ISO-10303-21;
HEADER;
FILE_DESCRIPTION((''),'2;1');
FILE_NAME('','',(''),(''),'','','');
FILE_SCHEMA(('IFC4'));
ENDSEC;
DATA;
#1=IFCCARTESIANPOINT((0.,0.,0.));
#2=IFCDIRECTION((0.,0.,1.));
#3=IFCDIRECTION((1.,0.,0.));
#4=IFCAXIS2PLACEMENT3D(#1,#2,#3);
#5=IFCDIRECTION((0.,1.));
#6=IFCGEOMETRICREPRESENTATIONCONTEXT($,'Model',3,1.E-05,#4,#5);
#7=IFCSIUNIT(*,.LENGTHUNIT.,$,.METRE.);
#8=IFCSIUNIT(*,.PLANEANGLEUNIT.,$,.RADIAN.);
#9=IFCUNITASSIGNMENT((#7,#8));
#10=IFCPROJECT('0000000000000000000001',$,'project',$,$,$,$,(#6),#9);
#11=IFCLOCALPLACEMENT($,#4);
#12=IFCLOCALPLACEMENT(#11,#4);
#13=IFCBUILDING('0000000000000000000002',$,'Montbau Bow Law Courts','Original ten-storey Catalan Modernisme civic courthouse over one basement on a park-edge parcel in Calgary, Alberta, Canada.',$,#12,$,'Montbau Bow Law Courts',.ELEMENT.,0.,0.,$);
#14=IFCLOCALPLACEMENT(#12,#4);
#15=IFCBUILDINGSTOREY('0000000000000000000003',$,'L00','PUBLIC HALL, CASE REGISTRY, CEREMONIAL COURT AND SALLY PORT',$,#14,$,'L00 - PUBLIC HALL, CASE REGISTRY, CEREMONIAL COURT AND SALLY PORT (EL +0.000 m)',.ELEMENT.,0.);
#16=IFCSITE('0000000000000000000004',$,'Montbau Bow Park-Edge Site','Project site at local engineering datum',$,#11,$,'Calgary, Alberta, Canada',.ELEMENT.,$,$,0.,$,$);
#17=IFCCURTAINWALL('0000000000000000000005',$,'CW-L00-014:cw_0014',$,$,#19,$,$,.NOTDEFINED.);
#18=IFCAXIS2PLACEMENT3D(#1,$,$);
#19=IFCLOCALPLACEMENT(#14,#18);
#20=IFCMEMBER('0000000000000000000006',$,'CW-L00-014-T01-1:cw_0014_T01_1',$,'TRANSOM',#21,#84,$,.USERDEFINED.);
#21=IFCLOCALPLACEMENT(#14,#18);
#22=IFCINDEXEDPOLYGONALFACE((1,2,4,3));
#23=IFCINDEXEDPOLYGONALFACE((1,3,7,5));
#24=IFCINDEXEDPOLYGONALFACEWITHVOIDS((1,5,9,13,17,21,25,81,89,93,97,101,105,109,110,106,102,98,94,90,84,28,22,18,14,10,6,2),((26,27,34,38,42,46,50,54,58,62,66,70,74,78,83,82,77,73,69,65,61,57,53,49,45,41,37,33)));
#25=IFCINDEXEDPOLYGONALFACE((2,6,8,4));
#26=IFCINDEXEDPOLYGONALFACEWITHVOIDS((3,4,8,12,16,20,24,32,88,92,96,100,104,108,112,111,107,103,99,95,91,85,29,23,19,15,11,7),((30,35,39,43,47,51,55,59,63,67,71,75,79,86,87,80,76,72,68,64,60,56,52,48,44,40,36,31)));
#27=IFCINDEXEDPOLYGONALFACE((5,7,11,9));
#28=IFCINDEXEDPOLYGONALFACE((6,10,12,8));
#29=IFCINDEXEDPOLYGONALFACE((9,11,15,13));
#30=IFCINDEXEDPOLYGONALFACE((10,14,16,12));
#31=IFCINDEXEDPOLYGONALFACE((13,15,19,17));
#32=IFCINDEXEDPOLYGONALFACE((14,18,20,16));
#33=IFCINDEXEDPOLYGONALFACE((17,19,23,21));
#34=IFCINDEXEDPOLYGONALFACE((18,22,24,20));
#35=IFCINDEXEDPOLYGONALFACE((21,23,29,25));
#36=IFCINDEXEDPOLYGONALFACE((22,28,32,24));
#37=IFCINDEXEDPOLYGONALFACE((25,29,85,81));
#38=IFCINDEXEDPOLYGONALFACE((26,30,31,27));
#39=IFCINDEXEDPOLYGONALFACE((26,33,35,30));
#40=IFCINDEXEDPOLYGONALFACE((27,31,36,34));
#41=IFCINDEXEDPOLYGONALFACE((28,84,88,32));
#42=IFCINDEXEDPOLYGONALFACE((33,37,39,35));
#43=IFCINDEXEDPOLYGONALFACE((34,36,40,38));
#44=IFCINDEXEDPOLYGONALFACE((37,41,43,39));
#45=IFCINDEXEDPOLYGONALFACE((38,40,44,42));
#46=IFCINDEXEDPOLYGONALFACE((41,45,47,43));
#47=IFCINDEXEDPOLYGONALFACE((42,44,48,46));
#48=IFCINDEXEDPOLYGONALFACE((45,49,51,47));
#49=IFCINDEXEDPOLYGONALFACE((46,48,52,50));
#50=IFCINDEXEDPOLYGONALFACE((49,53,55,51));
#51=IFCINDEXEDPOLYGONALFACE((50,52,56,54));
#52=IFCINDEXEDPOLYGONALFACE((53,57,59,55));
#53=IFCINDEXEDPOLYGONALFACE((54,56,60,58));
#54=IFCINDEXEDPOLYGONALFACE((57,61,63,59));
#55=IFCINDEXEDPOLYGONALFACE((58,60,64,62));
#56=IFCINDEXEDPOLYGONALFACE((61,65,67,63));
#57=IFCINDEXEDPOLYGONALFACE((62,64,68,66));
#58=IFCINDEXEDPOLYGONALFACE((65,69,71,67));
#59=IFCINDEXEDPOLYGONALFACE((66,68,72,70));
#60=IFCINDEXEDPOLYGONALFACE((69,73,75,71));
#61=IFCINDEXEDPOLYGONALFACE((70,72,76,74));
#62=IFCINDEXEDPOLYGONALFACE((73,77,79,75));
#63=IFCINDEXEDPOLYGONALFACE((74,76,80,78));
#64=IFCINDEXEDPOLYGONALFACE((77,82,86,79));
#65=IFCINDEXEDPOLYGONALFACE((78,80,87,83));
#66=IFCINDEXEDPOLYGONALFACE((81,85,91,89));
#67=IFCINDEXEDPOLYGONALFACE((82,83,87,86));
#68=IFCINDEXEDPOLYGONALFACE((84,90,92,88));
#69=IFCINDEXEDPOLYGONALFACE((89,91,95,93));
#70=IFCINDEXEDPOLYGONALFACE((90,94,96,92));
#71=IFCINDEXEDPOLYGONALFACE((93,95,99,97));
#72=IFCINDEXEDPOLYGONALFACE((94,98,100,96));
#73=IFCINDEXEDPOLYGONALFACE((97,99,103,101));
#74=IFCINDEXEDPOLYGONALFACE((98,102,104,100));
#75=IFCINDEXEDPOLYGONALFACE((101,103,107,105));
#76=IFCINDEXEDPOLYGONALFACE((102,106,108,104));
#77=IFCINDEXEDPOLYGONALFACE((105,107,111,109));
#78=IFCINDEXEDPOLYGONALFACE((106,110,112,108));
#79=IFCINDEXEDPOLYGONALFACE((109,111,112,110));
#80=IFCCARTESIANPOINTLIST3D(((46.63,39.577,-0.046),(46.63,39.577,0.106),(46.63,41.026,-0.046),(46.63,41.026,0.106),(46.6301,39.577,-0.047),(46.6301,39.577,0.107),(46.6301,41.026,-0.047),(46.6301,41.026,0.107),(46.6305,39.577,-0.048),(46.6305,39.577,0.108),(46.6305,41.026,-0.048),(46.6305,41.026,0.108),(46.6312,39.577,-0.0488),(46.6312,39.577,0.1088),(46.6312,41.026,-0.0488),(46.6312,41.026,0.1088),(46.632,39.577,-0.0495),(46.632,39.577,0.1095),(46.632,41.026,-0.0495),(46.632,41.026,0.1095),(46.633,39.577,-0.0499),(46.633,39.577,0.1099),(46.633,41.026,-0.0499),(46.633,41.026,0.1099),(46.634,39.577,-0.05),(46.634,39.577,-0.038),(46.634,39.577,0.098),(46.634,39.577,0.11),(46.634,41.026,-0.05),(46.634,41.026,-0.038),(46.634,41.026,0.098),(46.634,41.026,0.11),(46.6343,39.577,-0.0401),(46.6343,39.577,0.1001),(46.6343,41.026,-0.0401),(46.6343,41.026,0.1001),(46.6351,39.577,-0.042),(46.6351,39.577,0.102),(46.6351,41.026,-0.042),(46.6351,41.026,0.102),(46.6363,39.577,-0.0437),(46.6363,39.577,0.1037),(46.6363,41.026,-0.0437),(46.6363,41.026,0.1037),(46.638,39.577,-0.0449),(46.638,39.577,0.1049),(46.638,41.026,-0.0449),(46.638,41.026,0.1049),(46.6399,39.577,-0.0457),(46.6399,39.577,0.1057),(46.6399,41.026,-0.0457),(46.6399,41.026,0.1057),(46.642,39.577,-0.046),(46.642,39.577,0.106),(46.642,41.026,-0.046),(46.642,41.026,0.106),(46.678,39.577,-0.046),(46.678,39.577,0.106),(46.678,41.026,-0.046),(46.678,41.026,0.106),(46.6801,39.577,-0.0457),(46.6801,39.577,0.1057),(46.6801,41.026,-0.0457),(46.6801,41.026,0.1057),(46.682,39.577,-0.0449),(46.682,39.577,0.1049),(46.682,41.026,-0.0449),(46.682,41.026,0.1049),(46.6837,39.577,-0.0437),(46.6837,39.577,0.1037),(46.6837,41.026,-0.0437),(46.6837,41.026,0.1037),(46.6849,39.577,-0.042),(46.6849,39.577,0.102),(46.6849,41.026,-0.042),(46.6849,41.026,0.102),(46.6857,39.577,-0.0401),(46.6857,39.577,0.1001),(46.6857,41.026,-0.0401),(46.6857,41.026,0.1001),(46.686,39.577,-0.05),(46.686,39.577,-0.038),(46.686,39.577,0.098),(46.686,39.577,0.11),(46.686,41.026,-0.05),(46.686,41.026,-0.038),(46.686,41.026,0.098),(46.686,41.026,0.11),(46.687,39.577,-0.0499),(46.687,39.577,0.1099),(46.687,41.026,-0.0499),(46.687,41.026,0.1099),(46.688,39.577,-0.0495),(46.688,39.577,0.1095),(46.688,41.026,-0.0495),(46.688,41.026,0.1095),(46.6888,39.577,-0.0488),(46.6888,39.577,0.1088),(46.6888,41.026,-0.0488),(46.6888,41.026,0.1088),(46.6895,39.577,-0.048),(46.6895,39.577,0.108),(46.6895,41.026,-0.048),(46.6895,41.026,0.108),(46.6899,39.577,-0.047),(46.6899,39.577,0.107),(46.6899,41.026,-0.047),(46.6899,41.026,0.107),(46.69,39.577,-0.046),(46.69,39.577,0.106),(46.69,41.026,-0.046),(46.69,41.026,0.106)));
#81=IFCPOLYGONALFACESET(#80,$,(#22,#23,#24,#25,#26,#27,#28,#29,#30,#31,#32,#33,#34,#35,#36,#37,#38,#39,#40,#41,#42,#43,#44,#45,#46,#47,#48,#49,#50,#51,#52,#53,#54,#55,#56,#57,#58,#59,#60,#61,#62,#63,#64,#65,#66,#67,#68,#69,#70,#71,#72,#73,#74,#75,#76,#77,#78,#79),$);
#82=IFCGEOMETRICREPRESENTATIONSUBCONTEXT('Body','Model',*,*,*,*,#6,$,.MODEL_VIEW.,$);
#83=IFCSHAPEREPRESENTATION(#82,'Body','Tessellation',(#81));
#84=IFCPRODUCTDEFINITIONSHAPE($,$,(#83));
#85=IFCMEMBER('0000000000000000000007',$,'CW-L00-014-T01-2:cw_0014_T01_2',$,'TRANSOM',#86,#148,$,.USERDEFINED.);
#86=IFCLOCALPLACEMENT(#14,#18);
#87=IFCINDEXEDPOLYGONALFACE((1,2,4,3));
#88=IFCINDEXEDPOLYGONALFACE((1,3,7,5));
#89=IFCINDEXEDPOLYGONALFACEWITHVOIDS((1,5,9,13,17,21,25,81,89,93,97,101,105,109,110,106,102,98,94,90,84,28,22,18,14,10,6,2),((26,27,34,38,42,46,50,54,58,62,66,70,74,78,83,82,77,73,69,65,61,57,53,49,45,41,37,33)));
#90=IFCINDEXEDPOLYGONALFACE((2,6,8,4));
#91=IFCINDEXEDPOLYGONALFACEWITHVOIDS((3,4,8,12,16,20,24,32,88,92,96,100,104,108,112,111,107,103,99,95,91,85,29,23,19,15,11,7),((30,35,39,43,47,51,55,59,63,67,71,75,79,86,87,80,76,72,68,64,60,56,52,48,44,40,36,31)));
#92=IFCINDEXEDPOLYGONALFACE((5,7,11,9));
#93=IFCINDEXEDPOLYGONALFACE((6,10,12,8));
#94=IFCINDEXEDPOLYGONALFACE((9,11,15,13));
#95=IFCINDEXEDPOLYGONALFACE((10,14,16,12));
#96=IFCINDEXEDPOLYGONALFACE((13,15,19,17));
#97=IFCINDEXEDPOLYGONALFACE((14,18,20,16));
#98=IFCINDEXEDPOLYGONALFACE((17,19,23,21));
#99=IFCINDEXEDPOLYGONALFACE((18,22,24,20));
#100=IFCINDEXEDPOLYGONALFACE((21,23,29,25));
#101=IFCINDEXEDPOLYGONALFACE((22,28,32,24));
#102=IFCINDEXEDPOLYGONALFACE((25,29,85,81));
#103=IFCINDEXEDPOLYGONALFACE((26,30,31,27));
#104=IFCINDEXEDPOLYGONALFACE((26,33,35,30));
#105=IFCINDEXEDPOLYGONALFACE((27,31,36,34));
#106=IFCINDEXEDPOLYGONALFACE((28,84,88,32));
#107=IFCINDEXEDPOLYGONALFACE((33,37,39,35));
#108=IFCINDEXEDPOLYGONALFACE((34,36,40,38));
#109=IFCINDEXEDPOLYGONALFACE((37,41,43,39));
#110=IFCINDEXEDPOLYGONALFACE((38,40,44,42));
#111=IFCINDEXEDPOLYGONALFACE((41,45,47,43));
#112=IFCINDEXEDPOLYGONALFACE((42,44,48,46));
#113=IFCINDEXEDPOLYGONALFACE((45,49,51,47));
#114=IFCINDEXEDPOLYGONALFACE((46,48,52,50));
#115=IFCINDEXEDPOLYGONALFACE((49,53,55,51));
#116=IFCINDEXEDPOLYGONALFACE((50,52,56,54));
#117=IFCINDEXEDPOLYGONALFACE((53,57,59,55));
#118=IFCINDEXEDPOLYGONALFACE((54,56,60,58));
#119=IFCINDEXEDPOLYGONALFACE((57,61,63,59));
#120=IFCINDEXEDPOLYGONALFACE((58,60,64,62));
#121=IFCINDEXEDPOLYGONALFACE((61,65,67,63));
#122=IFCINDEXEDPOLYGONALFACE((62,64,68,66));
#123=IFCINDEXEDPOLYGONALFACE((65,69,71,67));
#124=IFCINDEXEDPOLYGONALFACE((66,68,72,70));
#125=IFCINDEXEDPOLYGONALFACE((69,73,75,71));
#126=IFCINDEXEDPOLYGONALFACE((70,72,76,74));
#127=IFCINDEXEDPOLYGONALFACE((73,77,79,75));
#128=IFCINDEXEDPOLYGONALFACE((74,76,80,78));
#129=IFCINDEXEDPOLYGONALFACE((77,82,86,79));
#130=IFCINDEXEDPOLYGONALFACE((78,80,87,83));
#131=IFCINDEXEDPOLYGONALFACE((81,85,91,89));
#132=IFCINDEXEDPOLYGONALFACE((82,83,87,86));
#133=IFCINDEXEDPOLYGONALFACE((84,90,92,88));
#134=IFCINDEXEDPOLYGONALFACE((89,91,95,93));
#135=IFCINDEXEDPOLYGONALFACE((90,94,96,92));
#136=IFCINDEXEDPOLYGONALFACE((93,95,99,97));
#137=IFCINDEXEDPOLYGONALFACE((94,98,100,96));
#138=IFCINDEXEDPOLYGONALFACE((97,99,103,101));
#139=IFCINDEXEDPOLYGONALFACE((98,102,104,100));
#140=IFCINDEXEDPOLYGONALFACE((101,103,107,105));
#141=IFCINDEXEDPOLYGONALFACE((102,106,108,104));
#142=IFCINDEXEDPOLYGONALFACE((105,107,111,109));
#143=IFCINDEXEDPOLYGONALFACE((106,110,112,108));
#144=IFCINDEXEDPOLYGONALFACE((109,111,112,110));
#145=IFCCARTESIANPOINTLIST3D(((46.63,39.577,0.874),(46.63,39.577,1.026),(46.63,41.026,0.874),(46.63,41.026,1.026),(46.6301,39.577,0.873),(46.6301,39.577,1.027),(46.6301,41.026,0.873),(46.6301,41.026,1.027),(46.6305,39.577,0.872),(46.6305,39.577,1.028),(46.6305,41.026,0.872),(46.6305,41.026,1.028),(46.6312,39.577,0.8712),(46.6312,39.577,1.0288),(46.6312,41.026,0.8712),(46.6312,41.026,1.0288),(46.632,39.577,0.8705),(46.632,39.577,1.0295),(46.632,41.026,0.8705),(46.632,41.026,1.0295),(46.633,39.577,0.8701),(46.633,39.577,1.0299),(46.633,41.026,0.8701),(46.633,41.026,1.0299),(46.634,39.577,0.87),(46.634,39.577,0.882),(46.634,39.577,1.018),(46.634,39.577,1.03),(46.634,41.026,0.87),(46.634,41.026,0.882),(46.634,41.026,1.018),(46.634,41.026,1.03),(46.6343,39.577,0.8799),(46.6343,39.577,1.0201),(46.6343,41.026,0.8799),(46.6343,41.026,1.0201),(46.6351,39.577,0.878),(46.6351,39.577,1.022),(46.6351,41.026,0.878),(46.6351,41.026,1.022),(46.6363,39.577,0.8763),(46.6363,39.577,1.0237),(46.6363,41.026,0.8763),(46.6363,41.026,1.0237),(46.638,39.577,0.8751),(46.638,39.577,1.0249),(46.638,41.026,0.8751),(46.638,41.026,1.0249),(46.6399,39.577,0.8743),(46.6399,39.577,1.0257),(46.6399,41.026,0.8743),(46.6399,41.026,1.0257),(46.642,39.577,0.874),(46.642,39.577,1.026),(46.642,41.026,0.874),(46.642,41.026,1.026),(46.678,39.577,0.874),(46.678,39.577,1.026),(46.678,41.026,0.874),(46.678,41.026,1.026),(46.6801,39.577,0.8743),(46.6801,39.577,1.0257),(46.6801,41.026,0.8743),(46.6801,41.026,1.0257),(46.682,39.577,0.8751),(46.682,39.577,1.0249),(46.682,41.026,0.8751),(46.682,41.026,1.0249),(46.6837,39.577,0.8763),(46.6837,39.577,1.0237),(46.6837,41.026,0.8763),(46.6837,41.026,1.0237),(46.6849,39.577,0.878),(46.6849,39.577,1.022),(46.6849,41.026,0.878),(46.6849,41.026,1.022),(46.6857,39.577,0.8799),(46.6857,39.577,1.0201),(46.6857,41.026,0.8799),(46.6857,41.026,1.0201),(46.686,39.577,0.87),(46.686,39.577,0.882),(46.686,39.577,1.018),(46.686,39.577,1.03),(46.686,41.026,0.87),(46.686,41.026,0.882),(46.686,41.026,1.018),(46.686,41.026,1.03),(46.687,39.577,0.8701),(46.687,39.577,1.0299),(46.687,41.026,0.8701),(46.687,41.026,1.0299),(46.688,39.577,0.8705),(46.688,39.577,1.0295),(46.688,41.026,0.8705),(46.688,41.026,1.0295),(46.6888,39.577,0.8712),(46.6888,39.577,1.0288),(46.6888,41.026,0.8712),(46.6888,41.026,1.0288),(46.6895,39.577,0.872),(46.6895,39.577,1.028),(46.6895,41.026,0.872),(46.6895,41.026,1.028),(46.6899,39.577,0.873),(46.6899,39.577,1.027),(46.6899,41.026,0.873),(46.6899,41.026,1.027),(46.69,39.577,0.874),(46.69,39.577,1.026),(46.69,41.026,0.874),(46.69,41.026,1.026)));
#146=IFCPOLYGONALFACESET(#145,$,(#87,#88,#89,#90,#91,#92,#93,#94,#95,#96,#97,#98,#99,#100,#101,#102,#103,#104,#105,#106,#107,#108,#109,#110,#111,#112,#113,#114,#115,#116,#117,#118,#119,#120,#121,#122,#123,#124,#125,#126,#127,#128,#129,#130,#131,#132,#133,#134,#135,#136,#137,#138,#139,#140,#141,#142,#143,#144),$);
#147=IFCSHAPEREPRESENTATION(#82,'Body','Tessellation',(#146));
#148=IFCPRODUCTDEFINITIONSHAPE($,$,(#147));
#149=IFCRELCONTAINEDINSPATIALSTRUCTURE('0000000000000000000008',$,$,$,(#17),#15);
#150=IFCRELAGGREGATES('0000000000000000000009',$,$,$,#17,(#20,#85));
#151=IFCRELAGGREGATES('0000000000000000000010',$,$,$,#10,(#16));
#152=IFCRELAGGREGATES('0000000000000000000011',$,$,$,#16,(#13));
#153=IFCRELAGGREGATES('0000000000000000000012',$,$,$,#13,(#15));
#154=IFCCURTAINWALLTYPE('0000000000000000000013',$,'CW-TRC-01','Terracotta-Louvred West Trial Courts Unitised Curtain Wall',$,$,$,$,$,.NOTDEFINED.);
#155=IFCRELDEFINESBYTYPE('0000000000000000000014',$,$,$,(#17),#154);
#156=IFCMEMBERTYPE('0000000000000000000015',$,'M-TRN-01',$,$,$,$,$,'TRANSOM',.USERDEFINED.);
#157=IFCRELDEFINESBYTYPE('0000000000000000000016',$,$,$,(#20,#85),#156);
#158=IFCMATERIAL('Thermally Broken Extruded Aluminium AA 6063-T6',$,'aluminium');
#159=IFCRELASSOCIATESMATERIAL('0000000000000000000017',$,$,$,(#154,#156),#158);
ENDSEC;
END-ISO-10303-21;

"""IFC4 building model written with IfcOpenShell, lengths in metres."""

from ifc_helpers import new_model, si_unit, direction, frame, origin_with_axes, origin_2d_with_axis, place, context, subcontext, project, spatial, hollow_rectangle, extrude, material, material_profile, profile_set, type_object, element, aggregate, save


model = new_model("IFC4")

# Units and contexts
model_context = context("Model", 3, precision=1e-05, world=origin_with_axes(), true_north=direction((0.0, 1.0)))
body_context = subcontext(model_context, "Body", "Model", "MODEL_VIEW")
ifc_project = project(units=[si_unit("LENGTHUNIT", "METRE"), si_unit("PLANEANGLEUNIT", "RADIAN")], contexts=[model_context])

# Site, building, storey
site_placement = place(None, origin_with_axes())
site = spatial("IfcSite", under=ifc_project, at=site_placement, Name="Montbau Bow Park-Edge Site", Description="Project site at local engineering datum", LongName="Calgary, Alberta, Canada", CompositionType="ELEMENT", RefElevation=0.0)
building_placement = place(site_placement, origin_with_axes())
building = spatial("IfcBuilding", under=site, at=building_placement, Name="Montbau Bow Law Courts", Description="Original ten-storey Catalan Modernisme civic courthouse over one basement on a park-edge parcel in Calgary, Alberta, Canada.", LongName="Montbau Bow Law Courts", CompositionType="ELEMENT", ElevationOfRefHeight=0.0, ElevationOfTerrain=0.0)
storey_placement = place(building_placement, origin_with_axes())
storey = spatial("IfcBuildingStorey", under=building, at=storey_placement, Name="L00", Description="PUBLIC HALL, CASE REGISTRY, CEREMONIAL COURT AND SALLY PORT", LongName="L00 - PUBLIC HALL, CASE REGISTRY, CEREMONIAL COURT AND SALLY PORT (EL +0.000 m)", CompositionType="ELEMENT", Elevation=0.0)

# Shared definitions
ifc_material_1 = material(Name="Thermally Broken Extruded Aluminium AA 6063-T6", Category="aluminium")
curtain_wall_type_1 = type_object("IfcCurtainWallType", Name="CW-TRC-01", Description="Terracotta-Louvred West Trial Courts Unitised Curtain Wall", PredefinedType="NOTDEFINED", material=ifc_material_1)

# Curtain wall, members
curtain_wall_1_placement = place(None, frame((46.66, 39.515, 0.0), z_axis=(0.0, 0.0, 1.0), x_axis=(1.0, 0.0, 0.0)))
curtain_wall_1 = element("IfcCurtainWall", 1, at=curtain_wall_1_placement, inside=storey, type_object=curtain_wall_type_1, Name="CW-L00-014:cw_0014", PredefinedType="NOTDEFINED")
ifc_material_profile_1 = material_profile(ifc_material_1, hollow_rectangle(XDim=0.06, YDim=0.16, WallThickness=0.004, InnerFilletRadius=0.008, OuterFilletRadius=0.004, at=origin_2d_with_axis()), Name="CWT-160X60", Category="Main", Priority=0)
ifc_profile_set_1 = profile_set([ifc_material_profile_1], Name="Thermally Broken Extruded Aluminium AA 6063-T6")
member_type_1 = type_object("IfcMemberType", Name="M-TRN-01", ElementType="TRANSOM", PredefinedType="USERDEFINED", material=ifc_profile_set_1)
member_1_placement = place(None, frame((46.66, 39.577, 0.03), z_axis=(0.0, 1.0, 0.0), x_axis=(-1.0, 0.0, 0.0)))
member_1 = element("IfcMember", 2, at=member_1_placement, type_object=member_type_1, Name="CW-L00-014-T01-1:cw_0014_T01_1", ObjectType="TRANSOM", PredefinedType="USERDEFINED", context=body_context, shape_type="SweptSolid", body=[
    extrude(hollow_rectangle(XDim=0.06, YDim=0.16, WallThickness=0.004, InnerFilletRadius=0.008, OuterFilletRadius=0.004, at=origin_2d_with_axis()), origin_with_axes(), (0.0, 0.0, 1.0), 1.449),
])
member_2_placement = place(None, frame((46.66, 39.577, 0.95), z_axis=(0.0, 1.0, 0.0), x_axis=(-1.0, 0.0, 0.0)))
member_2 = element("IfcMember", 3, at=member_2_placement, type_object=member_type_1, Name="CW-L00-014-T01-2:cw_0014_T01_2", ObjectType="TRANSOM", PredefinedType="USERDEFINED", context=body_context, shape_type="SweptSolid", body=[
    extrude(hollow_rectangle(XDim=0.06, YDim=0.16, WallThickness=0.004, InnerFilletRadius=0.008, OuterFilletRadius=0.004, at=origin_2d_with_axis()), origin_with_axes(), (0.0, 0.0, 1.0), 1.449),
])

aggregate(curtain_wall_1, [member_1, member_2])

save(model, "model.ifc")
